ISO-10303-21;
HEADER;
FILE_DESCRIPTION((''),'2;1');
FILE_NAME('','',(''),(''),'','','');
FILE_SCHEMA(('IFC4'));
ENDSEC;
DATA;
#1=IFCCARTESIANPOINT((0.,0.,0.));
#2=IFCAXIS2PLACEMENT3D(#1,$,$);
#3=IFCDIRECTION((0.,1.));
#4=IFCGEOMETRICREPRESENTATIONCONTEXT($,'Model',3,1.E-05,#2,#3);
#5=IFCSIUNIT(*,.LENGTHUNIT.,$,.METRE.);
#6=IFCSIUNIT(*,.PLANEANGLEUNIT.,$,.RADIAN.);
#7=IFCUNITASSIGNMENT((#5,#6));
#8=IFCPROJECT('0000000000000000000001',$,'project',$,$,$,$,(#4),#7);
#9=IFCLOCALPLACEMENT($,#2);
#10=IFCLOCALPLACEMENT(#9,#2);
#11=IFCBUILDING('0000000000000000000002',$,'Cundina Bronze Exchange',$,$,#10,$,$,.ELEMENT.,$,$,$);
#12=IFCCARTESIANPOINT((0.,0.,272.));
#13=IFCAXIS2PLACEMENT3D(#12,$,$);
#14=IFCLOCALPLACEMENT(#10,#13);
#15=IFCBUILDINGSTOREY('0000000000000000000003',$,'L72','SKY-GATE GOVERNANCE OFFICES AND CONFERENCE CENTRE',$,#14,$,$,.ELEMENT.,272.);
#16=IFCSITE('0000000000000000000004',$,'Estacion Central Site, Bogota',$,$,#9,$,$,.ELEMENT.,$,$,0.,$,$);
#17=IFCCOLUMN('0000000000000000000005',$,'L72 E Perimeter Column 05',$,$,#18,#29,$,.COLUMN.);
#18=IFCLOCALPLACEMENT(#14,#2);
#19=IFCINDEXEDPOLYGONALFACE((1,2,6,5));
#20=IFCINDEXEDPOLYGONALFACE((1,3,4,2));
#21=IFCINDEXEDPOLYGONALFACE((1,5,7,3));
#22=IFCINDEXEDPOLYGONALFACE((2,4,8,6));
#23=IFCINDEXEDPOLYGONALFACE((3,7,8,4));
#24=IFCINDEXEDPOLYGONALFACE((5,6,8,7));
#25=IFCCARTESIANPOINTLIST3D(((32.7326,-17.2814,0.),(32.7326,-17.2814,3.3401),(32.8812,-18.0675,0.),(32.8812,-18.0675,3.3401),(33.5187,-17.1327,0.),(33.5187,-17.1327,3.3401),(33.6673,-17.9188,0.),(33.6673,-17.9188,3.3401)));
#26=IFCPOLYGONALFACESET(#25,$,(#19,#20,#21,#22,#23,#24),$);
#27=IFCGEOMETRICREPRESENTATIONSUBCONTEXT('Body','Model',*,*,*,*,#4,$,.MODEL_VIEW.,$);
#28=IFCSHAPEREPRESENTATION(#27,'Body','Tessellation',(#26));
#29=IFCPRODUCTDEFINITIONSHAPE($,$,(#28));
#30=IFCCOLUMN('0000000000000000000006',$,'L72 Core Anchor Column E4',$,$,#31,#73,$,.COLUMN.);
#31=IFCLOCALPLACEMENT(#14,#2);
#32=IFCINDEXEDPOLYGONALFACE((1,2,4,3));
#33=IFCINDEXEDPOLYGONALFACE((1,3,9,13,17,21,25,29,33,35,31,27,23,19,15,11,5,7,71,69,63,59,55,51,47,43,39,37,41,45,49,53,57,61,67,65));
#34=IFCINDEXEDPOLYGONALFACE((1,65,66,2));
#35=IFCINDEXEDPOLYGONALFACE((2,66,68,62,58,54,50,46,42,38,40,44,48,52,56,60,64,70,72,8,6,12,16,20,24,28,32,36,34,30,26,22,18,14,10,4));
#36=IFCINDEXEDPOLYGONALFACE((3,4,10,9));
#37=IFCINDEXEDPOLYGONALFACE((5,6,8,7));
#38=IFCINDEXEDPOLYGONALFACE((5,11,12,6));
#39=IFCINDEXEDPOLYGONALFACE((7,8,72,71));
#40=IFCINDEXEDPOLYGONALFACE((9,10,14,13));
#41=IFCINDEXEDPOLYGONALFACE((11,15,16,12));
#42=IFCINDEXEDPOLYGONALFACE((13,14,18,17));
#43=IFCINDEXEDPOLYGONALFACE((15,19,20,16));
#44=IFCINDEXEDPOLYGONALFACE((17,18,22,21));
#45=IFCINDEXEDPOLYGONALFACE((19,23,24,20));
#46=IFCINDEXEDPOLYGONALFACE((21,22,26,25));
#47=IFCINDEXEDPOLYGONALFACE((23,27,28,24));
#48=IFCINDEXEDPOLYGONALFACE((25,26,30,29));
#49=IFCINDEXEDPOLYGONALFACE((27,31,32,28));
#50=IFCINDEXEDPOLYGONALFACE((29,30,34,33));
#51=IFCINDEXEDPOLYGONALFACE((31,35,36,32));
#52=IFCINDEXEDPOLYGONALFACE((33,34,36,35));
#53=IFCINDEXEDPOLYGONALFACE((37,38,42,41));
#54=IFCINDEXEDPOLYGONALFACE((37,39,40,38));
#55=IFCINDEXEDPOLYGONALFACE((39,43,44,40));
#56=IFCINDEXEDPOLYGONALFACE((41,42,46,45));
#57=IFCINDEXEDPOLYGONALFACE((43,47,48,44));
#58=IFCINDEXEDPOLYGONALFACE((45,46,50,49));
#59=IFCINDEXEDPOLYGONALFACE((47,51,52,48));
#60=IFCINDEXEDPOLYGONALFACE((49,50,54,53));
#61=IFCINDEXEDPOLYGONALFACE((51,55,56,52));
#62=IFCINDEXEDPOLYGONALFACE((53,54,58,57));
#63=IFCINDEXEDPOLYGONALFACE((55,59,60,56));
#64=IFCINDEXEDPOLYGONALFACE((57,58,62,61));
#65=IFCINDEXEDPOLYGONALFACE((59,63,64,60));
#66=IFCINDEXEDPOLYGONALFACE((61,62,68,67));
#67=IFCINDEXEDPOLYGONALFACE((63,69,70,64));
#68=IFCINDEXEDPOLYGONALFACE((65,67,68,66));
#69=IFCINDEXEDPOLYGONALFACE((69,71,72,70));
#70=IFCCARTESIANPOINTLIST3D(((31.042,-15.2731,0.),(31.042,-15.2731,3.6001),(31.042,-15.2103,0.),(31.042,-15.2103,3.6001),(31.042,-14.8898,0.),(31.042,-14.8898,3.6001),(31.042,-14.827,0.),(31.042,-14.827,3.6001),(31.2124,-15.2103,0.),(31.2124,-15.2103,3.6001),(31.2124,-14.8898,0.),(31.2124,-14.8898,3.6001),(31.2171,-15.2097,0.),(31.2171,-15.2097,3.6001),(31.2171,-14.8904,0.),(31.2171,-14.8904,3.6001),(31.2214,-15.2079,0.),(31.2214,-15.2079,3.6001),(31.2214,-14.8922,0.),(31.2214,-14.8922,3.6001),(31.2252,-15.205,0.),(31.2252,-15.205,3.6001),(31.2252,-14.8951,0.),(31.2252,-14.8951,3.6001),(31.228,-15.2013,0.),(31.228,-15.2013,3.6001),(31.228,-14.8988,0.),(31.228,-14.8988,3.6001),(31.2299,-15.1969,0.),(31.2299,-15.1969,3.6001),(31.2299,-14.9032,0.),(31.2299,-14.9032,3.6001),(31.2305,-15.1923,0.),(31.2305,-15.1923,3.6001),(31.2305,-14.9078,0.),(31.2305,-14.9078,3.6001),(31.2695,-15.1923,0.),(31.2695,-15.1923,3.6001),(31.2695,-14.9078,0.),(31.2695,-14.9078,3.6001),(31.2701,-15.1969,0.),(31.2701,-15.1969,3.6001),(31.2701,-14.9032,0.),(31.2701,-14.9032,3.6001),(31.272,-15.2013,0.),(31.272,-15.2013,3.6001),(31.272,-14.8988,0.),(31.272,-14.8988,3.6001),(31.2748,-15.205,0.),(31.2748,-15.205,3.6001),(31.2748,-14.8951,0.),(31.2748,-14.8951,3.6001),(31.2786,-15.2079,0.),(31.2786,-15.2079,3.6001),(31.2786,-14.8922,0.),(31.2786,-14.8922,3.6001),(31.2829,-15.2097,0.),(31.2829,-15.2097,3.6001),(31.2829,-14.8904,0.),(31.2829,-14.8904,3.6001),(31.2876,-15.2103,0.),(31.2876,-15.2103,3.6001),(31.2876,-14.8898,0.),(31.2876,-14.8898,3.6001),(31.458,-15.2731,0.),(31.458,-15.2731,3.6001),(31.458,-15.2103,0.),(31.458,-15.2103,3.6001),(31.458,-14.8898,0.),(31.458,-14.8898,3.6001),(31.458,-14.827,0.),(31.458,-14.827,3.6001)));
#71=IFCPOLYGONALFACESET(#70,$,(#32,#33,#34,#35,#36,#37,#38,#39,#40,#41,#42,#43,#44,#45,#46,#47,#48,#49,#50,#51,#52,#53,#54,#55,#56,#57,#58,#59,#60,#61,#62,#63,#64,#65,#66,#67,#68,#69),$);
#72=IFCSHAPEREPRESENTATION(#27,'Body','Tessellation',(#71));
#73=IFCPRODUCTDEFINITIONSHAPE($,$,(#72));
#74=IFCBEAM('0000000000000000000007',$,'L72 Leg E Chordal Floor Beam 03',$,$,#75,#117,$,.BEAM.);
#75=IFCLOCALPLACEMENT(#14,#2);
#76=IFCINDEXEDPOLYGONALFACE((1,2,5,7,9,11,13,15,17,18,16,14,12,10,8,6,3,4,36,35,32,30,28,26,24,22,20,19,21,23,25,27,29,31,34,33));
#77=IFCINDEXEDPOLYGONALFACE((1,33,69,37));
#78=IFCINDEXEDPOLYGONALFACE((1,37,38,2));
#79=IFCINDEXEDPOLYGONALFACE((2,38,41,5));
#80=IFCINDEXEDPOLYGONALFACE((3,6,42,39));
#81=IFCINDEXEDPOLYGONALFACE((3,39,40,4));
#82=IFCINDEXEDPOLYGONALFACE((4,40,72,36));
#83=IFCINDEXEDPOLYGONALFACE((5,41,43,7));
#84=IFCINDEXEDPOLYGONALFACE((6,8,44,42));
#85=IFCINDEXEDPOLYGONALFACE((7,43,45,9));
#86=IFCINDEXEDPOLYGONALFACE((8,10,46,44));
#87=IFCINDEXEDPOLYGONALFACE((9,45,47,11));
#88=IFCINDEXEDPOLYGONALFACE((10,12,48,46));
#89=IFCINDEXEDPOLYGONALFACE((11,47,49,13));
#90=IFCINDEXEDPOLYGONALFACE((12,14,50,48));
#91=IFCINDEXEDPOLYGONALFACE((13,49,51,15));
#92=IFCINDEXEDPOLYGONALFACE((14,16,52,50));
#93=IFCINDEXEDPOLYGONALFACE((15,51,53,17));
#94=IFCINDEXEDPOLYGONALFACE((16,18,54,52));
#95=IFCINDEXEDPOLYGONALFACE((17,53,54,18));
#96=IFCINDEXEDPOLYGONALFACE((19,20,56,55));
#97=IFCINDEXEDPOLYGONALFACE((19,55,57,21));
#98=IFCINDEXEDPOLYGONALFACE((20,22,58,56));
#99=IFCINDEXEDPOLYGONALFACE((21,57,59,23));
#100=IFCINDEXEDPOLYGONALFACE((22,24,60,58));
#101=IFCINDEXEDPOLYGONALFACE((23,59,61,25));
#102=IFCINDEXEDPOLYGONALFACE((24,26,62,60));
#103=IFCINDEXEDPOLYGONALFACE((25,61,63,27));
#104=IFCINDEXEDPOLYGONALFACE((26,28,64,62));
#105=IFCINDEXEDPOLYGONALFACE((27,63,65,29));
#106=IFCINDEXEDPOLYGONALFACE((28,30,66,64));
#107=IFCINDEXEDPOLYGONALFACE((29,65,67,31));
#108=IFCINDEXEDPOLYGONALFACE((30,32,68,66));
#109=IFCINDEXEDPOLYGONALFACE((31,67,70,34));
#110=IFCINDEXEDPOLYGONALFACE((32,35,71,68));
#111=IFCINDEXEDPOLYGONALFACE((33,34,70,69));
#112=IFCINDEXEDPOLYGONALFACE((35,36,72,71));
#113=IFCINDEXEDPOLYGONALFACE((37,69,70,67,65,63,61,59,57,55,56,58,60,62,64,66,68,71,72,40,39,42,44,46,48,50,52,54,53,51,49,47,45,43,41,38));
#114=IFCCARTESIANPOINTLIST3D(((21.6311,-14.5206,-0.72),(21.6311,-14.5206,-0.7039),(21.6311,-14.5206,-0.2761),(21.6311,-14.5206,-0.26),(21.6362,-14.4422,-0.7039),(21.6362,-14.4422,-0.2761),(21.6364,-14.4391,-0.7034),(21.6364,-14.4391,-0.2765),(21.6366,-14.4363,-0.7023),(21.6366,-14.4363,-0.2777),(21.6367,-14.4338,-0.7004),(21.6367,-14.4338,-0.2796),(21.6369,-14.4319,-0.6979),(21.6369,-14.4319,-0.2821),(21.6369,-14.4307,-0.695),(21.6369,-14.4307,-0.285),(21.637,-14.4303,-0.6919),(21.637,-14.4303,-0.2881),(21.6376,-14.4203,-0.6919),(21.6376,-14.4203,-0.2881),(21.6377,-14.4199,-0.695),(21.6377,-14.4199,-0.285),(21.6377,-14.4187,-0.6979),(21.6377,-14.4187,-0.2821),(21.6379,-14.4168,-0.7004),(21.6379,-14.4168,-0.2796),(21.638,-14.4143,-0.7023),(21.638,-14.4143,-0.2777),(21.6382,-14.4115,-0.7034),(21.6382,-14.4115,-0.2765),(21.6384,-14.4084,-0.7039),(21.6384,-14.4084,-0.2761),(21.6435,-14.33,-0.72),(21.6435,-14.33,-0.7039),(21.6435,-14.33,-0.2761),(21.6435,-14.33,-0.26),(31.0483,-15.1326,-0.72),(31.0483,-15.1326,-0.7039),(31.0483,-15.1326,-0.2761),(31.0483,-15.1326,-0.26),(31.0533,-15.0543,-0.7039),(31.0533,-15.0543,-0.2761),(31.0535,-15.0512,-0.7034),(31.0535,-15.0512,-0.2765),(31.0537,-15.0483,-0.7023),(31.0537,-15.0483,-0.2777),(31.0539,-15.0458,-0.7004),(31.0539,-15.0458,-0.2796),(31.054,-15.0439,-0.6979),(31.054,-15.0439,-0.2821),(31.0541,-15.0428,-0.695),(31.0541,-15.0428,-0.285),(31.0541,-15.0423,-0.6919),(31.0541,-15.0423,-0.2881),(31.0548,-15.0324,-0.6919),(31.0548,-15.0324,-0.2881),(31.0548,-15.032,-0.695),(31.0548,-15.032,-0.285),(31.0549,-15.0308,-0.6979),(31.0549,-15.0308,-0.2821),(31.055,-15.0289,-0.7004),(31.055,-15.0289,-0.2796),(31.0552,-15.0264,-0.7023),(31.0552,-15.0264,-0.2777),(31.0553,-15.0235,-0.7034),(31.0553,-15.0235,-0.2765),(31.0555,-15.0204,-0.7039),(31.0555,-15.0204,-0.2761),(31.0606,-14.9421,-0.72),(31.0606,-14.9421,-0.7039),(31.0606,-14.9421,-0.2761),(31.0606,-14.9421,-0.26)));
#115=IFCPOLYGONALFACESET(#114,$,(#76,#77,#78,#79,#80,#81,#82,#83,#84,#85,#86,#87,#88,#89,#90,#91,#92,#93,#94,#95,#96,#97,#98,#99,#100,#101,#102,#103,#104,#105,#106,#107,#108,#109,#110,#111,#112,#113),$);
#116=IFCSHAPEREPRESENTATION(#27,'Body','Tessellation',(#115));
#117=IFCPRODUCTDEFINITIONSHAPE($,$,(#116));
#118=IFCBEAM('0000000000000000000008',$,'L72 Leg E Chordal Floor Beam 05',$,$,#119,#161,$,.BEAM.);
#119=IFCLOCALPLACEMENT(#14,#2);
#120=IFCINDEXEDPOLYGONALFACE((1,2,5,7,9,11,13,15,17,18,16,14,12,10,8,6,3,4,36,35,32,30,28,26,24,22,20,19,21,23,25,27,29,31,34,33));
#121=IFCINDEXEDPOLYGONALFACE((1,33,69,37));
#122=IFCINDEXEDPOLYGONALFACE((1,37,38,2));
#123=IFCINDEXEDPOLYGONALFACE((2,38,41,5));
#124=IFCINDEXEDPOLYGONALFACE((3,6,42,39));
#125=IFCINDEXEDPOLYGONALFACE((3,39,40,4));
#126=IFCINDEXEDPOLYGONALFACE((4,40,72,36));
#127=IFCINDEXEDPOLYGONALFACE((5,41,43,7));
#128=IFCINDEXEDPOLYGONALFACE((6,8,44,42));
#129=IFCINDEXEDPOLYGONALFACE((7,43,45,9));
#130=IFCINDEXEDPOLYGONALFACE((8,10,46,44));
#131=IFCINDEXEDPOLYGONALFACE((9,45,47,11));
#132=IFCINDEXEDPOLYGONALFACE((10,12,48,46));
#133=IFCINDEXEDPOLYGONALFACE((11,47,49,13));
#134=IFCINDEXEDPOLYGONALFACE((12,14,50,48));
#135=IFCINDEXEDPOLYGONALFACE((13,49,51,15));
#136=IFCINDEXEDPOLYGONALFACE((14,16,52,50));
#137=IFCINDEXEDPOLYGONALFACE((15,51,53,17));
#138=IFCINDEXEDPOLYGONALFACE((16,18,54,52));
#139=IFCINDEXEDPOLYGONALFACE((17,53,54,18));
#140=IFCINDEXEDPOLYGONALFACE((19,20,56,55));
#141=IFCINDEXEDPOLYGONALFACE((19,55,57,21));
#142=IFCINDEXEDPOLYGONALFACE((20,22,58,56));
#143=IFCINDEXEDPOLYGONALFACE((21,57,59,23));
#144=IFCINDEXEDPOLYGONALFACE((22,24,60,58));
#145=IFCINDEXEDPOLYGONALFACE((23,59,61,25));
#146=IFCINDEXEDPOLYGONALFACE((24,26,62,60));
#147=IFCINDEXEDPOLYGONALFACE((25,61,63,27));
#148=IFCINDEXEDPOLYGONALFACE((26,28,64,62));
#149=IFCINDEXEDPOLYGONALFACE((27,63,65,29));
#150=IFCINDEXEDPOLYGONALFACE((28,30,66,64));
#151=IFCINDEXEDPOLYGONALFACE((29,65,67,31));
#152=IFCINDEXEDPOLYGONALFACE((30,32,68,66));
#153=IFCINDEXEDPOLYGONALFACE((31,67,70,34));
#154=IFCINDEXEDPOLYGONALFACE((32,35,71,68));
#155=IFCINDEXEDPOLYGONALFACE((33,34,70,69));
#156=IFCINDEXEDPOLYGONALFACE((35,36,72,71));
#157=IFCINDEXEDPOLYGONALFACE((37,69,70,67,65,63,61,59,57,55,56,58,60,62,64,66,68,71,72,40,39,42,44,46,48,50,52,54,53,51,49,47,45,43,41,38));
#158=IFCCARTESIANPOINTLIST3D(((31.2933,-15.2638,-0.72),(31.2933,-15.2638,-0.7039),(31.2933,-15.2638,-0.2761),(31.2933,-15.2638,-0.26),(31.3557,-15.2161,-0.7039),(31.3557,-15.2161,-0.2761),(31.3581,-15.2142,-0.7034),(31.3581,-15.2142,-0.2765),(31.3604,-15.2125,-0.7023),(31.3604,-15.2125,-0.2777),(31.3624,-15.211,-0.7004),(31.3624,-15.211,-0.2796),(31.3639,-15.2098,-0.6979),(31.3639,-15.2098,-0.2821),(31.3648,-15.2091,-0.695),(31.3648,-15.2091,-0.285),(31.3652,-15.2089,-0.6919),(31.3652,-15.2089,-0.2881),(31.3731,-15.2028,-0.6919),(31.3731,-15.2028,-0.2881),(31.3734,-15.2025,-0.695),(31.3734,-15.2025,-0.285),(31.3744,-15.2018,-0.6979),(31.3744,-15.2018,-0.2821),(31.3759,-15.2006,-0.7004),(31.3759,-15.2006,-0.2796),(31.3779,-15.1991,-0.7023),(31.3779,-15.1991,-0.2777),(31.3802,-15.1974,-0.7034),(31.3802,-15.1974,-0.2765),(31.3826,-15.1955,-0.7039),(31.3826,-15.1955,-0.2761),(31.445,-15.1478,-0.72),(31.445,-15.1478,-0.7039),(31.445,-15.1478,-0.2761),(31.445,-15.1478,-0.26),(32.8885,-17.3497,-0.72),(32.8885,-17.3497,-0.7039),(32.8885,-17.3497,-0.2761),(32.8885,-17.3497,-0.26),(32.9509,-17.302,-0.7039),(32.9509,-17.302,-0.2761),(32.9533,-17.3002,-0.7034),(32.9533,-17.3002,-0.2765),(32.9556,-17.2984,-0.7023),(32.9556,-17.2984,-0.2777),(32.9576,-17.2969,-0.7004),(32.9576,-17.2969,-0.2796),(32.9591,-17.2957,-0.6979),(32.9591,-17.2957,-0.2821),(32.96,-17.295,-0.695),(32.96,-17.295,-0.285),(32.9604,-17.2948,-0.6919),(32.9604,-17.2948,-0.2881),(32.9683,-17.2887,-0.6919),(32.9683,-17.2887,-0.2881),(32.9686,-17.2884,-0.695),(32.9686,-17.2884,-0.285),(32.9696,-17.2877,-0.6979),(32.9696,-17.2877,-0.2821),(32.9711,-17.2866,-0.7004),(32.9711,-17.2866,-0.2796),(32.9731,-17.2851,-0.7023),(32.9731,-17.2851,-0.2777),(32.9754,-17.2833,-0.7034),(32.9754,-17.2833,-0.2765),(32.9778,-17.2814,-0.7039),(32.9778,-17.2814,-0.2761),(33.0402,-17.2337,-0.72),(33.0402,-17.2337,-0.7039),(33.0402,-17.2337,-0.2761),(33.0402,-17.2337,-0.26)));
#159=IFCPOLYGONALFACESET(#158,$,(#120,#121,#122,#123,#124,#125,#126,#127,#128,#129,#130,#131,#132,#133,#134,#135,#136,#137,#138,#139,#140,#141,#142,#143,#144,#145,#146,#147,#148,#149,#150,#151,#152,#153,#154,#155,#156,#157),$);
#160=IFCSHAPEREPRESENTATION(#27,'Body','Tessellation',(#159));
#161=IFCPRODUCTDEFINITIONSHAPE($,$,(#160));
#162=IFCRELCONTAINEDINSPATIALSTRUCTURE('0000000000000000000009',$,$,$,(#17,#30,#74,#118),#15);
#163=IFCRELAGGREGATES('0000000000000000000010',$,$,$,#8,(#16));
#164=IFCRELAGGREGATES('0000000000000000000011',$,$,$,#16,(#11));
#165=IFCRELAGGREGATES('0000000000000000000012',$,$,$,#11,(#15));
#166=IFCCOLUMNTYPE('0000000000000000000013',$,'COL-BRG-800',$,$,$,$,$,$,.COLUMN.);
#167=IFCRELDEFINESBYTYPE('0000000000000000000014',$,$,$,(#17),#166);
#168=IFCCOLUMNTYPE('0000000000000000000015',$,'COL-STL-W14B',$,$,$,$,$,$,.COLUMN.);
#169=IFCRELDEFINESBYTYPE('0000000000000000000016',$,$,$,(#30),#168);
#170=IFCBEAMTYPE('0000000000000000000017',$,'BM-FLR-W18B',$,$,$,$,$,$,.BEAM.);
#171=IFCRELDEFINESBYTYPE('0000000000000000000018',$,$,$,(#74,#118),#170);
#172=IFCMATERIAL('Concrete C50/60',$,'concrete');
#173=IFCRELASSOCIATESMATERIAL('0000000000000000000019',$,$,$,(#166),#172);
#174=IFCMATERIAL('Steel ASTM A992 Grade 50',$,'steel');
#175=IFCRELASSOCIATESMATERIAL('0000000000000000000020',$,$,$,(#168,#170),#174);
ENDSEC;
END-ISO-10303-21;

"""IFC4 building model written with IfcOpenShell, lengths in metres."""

from ifc_helpers import new_model, si_unit, direction, frame, origin, origin_2d, place, context, subcontext, project, spatial, rectangle, i_section, extrude, material, material_profile, profile_set, type_object, element, save


model = new_model("IFC4")

# Units and contexts
model_context = context("Model", 3, precision=1e-05, world=origin(), true_north=direction((0.0, 1.0)))
body_context = subcontext(model_context, "Body", "Model", "MODEL_VIEW")
ifc_project = project(units=[si_unit("LENGTHUNIT", "METRE"), si_unit("PLANEANGLEUNIT", "RADIAN")], contexts=[model_context])

# Site, building, storey
site_placement = place(None, origin())
site = spatial("IfcSite", under=ifc_project, at=site_placement, Name="Estacion Central Site, Bogota", CompositionType="ELEMENT", RefElevation=0.0)
building_placement = place(site_placement, origin())
building = spatial("IfcBuilding", under=site, at=building_placement, Name="Cundina Bronze Exchange", CompositionType="ELEMENT")
storey_placement = place(building_placement, frame((0.0, 0.0, 272.0)))
storey = spatial("IfcBuildingStorey", under=building, at=storey_placement, Name="L72", Description="SKY-GATE GOVERNANCE OFFICES AND CONFERENCE CENTRE", CompositionType="ELEMENT", Elevation=272.0)

# Columns
ifc_material_1 = material(Name="Concrete C50/60", Category="concrete")
ifc_material_profile_1 = material_profile(ifc_material_1, rectangle(XDim=0.8, YDim=0.8, at=origin_2d()), Name="RC800X800", Category="concrete")
ifc_profile_set_1 = profile_set([ifc_material_profile_1], Name="Concrete C50/60")
column_type_1 = type_object("IfcColumnType", Name="COL-BRG-800", PredefinedType="COLUMN", material=ifc_profile_set_1)
column_1_placement = place(storey_placement, frame((33.2, -17.6001, 0.0), z_axis=(0.0, 0.0, 1.0), x_axis=(0.98258, 0.185838, 0.0)))
element("IfcColumn", 1, at=column_1_placement, inside=storey, type_object=column_type_1, Name="L72 E Perimeter Column 05", PredefinedType="COLUMN", context=body_context, shape_type="SweptSolid", body=[
    extrude(rectangle(XDim=0.8, YDim=0.8, at=origin_2d()), origin(), (0.0, 0.0, 1.0), 3.3401),
])
ifc_material_2 = material(Name="Steel ASTM A992 Grade 50", Category="steel")
ifc_material_profile_2 = material_profile(ifc_material_2, i_section(OverallWidth=0.416, OverallDepth=0.446, WebThickness=0.0391, FlangeThickness=0.0627, FilletRadius=0.0181, at=origin_2d()), Name="W14X342", Category="steel")
ifc_profile_set_2 = profile_set([ifc_material_profile_2], Name="Steel ASTM A992 Grade 50")
column_type_2 = type_object("IfcColumnType", Name="COL-STL-W14B", PredefinedType="COLUMN", material=ifc_profile_set_2)
column_2_placement = place(storey_placement, frame((31.25, -15.05, 0.0), z_axis=(0.0, 0.0, 1.0), x_axis=(1.0, 0.0, 0.0)))
element("IfcColumn", 2, at=column_2_placement, inside=storey, type_object=column_type_2, Name="L72 Core Anchor Column E4", PredefinedType="COLUMN", context=body_context, shape_type="SweptSolid", body=[
    extrude(i_section(OverallWidth=0.416, OverallDepth=0.446, WebThickness=0.0391, FlangeThickness=0.0627, FilletRadius=0.0181, at=origin_2d()), origin(), (0.0, 0.0, 1.0), 3.6001),
])

# Beams
ifc_material_profile_3 = material_profile(ifc_material_2, i_section(OverallWidth=0.1909, OverallDepth=0.46, WebThickness=0.01, FlangeThickness=0.0161, FilletRadius=0.012, at=origin_2d()), Name="W18X55", Category="steel")
ifc_profile_set_3 = profile_set([ifc_material_profile_3], Name="Steel ASTM A992 Grade 50")
beam_type_1 = type_object("IfcBeamType", Name="BM-FLR-W18B", PredefinedType="BEAM", material=ifc_profile_set_3)
beam_1_placement = place(storey_placement, frame((31.0544, -15.0374, -0.49), z_axis=(-0.997895, 0.064857, 0.0), x_axis=(-0.064857, -0.997895, 0.0)))
element("IfcBeam", 3, at=beam_1_placement, inside=storey, type_object=beam_type_1, Name="L72 Leg E Chordal Floor Beam 03", PredefinedType="BEAM", context=body_context, shape_type="SweptSolid", body=[
    extrude(i_section(OverallWidth=0.1909, OverallDepth=0.46, WebThickness=0.01, FlangeThickness=0.0161, FilletRadius=0.012, at=origin_2d()), origin(), (0.0, 0.0, 1.0), 9.437),
])
beam_2_placement = place(storey_placement, frame((31.3691, -15.2058, -0.49), z_axis=(0.607471, -0.794342, 0.0), x_axis=(0.794342, 0.607471, 0.0)))
element("IfcBeam", 4, at=beam_2_placement, inside=storey, type_object=beam_type_1, Name="L72 Leg E Chordal Floor Beam 05", PredefinedType="BEAM", context=body_context, shape_type="SweptSolid", body=[
    extrude(i_section(OverallWidth=0.1909, OverallDepth=0.46, WebThickness=0.01, FlangeThickness=0.0161, FilletRadius=0.012, at=origin_2d()), origin(), (0.0, 0.0, 1.0), 2.626),
])

save(model, "model.ifc")
